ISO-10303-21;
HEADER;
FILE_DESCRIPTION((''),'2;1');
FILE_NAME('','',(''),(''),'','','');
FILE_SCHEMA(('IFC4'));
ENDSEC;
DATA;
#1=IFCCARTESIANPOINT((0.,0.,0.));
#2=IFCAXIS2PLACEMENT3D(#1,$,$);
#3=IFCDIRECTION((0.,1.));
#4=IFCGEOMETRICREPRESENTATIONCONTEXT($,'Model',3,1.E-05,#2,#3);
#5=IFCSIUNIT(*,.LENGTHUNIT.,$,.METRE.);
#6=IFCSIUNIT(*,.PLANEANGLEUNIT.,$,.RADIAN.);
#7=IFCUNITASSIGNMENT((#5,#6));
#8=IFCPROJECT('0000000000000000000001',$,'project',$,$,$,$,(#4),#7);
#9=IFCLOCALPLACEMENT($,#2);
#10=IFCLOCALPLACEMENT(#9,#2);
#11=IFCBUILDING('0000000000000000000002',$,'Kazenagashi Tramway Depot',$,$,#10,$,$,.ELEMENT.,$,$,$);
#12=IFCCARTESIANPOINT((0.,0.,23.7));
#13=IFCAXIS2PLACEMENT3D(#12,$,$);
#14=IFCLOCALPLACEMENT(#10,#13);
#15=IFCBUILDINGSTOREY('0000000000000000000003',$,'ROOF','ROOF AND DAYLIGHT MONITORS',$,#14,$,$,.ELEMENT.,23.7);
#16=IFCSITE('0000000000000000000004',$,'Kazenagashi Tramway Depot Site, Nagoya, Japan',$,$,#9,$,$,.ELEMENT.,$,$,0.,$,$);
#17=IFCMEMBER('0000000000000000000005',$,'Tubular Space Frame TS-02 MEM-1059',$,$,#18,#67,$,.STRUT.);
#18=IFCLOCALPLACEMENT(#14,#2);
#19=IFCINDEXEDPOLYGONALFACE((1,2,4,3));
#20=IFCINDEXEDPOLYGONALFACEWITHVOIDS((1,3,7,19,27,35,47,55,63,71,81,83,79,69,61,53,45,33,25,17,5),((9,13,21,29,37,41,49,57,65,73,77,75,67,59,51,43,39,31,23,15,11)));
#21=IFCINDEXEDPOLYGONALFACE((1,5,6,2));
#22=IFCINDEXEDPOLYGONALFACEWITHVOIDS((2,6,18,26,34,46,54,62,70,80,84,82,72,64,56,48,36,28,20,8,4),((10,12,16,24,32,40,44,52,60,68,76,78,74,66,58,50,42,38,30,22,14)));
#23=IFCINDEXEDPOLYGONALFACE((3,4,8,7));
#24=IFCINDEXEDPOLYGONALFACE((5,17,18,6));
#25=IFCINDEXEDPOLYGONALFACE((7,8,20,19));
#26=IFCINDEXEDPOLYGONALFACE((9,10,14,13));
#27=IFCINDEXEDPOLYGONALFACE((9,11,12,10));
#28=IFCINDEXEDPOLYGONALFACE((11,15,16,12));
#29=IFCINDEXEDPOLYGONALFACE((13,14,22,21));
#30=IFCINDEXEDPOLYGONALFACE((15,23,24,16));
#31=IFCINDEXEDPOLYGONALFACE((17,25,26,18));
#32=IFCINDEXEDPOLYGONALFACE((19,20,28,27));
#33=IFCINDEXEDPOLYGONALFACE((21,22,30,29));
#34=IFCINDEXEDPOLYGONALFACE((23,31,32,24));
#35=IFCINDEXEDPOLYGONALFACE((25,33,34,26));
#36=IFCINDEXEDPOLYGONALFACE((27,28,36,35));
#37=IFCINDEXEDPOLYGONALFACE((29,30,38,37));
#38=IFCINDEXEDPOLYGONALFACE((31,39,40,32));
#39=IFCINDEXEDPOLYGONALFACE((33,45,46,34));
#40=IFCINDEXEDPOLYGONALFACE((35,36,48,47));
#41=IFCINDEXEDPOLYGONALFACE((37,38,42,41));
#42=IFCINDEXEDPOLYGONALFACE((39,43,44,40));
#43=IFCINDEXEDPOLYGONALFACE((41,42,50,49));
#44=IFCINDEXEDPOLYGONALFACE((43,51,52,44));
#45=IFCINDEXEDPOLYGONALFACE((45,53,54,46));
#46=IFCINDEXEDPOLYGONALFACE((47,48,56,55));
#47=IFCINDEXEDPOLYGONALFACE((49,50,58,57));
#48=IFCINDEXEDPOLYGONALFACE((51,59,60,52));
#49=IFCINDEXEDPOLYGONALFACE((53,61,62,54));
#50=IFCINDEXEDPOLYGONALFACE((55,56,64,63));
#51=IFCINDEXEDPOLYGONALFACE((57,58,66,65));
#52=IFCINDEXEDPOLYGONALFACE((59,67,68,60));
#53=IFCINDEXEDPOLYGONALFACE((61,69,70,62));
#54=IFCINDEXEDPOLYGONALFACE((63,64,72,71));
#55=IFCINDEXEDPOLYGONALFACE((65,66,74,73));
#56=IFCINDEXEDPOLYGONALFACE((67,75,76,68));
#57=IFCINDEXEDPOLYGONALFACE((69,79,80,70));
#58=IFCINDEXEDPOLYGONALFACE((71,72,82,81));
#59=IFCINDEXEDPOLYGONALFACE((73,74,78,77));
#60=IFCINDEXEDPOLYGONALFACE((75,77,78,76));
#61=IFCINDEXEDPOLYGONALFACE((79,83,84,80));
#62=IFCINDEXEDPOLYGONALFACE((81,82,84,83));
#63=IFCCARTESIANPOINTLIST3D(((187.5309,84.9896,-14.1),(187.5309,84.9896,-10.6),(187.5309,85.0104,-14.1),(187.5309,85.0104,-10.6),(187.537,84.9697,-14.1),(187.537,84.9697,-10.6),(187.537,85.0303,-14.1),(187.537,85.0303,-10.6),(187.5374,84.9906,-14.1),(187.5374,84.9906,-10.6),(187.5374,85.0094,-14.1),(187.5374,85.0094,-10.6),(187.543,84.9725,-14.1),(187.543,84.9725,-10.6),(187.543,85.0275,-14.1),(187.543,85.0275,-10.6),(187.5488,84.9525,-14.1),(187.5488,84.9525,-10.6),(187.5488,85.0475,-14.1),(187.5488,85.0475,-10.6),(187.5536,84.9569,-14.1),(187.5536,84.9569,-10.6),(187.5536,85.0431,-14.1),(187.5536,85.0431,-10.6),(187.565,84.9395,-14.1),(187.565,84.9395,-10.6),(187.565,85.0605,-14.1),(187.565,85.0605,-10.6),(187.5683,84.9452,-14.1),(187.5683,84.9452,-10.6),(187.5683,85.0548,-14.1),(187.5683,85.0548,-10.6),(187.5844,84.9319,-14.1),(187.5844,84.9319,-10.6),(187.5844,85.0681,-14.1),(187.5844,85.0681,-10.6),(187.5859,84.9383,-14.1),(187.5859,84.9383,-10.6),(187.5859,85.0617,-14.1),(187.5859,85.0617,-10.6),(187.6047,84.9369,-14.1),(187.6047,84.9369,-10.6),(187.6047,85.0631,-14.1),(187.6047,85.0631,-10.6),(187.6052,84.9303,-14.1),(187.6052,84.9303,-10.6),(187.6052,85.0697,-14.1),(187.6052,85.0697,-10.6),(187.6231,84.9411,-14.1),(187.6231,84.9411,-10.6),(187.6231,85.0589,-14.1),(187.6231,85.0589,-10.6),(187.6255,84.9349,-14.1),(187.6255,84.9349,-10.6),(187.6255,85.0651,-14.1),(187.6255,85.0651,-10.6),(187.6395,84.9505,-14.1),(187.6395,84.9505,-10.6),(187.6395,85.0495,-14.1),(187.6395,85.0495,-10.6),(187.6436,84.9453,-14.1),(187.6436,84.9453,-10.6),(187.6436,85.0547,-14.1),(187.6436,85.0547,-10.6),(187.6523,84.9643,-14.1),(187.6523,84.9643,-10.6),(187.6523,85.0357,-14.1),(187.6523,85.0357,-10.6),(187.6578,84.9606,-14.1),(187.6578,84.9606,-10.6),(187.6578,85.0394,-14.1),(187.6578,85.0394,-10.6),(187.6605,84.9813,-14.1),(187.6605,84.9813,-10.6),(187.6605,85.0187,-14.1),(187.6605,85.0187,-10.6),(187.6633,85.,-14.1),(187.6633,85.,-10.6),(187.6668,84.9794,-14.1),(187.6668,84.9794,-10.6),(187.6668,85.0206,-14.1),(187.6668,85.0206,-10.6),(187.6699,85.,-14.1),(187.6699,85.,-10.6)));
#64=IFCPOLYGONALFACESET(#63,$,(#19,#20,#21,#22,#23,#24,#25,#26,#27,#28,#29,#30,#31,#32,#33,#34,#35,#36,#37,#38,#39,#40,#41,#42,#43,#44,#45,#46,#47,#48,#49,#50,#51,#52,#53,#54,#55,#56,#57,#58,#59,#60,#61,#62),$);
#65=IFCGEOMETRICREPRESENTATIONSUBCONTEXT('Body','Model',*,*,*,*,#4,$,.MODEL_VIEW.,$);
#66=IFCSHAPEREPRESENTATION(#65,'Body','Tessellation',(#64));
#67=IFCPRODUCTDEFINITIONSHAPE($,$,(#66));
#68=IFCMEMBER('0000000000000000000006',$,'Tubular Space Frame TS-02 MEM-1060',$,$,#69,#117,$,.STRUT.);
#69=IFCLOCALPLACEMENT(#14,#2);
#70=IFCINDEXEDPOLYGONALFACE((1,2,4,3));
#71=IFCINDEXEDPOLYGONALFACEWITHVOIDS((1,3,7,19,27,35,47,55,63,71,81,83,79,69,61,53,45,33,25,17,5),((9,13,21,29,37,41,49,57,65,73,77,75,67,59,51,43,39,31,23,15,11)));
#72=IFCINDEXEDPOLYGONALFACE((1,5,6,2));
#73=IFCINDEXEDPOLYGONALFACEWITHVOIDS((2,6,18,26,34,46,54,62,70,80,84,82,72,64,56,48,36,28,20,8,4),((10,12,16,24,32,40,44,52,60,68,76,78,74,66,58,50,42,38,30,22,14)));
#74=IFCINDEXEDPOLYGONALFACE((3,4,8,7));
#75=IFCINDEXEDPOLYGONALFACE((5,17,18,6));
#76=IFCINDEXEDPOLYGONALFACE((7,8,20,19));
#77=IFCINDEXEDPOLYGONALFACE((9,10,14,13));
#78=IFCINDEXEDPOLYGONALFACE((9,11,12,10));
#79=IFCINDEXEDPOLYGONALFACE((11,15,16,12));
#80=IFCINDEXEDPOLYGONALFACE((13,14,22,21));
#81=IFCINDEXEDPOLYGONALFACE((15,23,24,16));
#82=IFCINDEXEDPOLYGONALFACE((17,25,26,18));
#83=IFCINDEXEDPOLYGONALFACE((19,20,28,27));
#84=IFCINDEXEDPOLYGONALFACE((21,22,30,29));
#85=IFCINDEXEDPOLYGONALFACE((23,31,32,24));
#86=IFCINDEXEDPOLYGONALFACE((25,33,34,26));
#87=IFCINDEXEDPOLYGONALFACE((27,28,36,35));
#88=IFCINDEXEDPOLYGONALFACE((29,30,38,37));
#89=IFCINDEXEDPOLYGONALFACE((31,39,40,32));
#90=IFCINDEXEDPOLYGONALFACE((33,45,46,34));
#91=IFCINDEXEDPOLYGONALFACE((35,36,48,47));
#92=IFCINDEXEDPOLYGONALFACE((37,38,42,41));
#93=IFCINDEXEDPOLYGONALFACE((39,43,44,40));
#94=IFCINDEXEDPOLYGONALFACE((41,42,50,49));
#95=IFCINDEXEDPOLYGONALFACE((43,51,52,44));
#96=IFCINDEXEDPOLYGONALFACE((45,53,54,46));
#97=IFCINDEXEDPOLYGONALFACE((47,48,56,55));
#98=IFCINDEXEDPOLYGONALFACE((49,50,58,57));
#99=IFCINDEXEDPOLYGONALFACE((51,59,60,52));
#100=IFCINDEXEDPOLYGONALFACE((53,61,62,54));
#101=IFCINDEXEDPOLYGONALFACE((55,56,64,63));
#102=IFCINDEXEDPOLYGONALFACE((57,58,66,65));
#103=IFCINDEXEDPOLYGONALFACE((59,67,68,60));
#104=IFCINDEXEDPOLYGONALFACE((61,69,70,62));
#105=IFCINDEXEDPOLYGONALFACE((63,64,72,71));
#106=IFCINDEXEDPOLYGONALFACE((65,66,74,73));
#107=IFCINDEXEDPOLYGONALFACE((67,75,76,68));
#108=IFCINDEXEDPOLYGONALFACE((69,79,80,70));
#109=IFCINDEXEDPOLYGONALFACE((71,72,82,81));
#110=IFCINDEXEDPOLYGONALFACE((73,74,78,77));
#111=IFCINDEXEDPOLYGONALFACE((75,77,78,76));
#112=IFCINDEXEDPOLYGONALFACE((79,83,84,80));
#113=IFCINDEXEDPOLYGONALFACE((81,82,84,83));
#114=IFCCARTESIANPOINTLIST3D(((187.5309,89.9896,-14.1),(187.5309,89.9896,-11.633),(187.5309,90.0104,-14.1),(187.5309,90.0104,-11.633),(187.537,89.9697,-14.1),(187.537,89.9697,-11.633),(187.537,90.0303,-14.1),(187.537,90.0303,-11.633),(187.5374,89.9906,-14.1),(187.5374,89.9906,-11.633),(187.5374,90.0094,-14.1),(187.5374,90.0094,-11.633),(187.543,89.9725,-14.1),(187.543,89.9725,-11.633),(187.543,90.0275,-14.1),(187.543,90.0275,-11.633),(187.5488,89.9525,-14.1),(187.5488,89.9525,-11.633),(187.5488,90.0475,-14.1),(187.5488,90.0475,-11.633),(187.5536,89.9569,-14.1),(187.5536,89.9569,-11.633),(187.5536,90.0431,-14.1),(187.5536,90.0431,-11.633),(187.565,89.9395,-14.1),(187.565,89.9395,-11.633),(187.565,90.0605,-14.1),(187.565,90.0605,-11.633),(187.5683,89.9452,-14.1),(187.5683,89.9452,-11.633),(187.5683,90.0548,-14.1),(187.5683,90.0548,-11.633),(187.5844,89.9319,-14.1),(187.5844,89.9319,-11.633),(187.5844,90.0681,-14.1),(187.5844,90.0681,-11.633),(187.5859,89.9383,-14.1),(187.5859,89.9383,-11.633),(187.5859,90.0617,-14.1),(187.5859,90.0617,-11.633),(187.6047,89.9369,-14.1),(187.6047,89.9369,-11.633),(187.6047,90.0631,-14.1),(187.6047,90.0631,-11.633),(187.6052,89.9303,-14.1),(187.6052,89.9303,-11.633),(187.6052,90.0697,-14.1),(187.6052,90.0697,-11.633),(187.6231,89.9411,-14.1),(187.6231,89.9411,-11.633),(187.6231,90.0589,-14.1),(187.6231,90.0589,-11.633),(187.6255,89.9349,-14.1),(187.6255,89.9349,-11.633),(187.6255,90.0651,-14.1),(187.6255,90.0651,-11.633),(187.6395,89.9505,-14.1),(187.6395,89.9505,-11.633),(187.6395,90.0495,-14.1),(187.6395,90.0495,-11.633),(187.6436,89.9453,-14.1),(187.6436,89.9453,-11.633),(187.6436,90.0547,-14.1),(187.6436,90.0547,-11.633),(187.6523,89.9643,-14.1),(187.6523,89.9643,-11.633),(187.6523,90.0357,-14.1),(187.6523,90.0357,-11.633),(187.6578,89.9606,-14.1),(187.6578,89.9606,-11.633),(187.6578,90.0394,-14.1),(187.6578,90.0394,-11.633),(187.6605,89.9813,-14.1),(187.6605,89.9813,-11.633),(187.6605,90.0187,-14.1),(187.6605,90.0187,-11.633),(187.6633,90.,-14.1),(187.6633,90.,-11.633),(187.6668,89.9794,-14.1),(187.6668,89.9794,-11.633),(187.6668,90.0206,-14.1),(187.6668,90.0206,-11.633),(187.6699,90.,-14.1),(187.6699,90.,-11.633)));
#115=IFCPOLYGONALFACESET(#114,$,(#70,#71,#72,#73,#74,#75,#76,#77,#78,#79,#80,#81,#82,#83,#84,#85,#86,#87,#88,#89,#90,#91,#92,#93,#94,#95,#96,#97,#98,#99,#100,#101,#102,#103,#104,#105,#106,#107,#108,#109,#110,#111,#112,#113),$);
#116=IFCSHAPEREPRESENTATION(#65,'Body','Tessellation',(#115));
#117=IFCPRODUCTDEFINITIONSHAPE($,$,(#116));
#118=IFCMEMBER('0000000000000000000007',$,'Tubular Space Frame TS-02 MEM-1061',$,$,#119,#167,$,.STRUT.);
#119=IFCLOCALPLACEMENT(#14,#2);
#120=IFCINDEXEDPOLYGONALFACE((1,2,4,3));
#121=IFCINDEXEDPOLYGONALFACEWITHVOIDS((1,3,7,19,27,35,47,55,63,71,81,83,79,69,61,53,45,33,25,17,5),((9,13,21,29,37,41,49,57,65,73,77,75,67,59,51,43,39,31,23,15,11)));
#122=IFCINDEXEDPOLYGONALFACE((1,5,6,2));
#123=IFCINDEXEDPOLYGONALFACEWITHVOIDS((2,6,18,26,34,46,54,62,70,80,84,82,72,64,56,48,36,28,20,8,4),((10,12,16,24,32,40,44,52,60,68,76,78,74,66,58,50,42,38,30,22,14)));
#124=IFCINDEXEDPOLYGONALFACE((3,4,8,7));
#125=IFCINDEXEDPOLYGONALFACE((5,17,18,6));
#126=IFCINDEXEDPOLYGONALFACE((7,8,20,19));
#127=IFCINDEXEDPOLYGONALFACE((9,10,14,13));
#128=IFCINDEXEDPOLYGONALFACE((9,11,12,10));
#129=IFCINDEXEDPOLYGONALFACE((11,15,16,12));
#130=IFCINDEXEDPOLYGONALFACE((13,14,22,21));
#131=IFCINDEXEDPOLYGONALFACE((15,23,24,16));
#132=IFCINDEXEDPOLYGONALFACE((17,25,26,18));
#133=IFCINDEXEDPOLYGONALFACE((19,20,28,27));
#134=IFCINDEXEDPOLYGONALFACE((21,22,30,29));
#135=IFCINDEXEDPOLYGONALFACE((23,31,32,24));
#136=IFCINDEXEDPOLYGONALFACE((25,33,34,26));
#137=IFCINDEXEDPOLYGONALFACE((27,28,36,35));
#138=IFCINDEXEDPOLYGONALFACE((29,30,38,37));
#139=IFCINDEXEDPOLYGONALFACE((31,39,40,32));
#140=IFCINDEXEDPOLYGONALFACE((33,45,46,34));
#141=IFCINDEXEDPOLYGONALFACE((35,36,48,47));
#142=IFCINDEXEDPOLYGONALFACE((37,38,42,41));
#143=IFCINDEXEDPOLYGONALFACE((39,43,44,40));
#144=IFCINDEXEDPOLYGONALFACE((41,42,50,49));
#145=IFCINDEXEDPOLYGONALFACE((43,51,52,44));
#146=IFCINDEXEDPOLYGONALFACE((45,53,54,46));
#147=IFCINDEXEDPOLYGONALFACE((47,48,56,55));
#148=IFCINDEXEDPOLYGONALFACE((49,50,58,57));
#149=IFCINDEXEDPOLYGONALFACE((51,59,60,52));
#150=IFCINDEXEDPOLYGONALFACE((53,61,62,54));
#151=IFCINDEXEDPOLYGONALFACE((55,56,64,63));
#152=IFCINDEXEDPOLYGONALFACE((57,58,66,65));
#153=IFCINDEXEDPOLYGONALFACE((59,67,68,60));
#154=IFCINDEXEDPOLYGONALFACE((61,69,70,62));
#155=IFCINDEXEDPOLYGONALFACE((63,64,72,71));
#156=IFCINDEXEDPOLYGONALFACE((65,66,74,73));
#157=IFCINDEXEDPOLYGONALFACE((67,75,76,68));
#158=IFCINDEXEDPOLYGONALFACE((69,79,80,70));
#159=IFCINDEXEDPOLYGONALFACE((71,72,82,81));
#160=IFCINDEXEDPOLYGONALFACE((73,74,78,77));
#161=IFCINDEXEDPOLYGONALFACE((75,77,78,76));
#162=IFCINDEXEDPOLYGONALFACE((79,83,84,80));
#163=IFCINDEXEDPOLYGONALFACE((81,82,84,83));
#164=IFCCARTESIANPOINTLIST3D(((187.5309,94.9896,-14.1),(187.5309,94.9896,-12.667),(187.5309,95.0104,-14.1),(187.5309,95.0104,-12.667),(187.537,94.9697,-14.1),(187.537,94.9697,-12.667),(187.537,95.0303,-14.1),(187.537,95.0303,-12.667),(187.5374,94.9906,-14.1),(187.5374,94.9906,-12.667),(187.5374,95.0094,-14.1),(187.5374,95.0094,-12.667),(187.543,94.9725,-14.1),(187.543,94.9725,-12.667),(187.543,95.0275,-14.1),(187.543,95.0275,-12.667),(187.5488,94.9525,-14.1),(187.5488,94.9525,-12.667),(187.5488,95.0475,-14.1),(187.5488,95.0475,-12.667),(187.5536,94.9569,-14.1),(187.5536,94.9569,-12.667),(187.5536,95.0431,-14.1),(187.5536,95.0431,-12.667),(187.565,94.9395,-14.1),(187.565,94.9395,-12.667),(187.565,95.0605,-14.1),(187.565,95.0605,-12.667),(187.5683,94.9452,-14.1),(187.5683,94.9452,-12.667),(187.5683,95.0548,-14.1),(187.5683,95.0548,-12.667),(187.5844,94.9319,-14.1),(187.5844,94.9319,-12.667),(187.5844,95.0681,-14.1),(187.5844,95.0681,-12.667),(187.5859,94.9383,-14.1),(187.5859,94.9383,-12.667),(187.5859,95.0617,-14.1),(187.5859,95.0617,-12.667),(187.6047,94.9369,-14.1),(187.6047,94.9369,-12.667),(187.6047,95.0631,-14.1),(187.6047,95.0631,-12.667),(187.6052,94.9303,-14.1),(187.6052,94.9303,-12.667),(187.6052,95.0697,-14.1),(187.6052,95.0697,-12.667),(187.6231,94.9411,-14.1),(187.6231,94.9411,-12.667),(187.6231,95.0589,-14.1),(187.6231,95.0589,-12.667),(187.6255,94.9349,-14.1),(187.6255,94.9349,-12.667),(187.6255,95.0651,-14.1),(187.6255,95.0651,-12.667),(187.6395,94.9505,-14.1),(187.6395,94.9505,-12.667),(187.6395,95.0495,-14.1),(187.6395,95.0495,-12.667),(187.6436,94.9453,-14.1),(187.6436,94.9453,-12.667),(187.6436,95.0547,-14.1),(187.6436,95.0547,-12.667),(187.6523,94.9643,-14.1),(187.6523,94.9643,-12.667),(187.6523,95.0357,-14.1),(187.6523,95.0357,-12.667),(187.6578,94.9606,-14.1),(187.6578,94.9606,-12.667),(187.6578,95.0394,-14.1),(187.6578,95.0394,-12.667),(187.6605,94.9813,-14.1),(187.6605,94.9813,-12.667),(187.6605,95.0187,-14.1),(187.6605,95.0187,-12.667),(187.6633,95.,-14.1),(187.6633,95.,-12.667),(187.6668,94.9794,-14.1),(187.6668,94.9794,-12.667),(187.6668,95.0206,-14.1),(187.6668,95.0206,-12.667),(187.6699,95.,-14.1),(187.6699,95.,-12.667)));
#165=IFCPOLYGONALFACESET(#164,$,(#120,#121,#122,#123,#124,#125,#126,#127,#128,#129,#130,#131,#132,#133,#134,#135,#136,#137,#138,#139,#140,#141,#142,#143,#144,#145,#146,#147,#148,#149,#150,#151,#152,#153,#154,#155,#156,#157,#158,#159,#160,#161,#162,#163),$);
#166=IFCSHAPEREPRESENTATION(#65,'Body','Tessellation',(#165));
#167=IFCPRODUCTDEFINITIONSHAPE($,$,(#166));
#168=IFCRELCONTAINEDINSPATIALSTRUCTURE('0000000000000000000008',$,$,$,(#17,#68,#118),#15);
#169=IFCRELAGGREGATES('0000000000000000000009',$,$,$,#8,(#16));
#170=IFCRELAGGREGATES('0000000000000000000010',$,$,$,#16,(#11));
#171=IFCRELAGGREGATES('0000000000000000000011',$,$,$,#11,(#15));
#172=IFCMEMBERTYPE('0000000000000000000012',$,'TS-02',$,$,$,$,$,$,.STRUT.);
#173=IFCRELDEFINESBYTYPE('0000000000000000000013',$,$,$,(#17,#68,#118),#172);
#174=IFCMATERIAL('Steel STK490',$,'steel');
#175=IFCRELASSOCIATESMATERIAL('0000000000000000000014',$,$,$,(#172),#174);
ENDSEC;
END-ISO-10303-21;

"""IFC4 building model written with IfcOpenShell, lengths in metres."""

from ifc_helpers import new_model, si_unit, direction, frame, origin, origin_2d, place, context, subcontext, project, spatial, hollow_circle, extrude, material, material_profile, profile_set, type_object, element, save


model = new_model("IFC4")

# Units and contexts
model_context = context("Model", 3, precision=1e-05, world=origin(), true_north=direction((0.0, 1.0)))
body_context = subcontext(model_context, "Body", "Model", "MODEL_VIEW")
ifc_project = project(units=[si_unit("LENGTHUNIT", "METRE"), si_unit("PLANEANGLEUNIT", "RADIAN")], contexts=[model_context])

# Site, building, storey
site_placement = place(None, origin())
site = spatial("IfcSite", under=ifc_project, at=site_placement, Name="Kazenagashi Tramway Depot Site, Nagoya, Japan", CompositionType="ELEMENT", RefElevation=0.0)
building_placement = place(site_placement, origin())
building = spatial("IfcBuilding", under=site, at=building_placement, Name="Kazenagashi Tramway Depot", CompositionType="ELEMENT")
storey_placement = place(building_placement, frame((0.0, 0.0, 23.7)))
storey = spatial("IfcBuildingStorey", under=building, at=storey_placement, Name="ROOF", Description="ROOF AND DAYLIGHT MONITORS", CompositionType="ELEMENT", Elevation=23.7)

# Members
ifc_material_1 = material(Name="Steel STK490", Category="steel")
ifc_material_profile_1 = material_profile(ifc_material_1, hollow_circle(Radius=0.0699, WallThickness=0.0066, at=origin_2d()), Name="CHS-139.8x6.6")
ifc_profile_set_1 = profile_set([ifc_material_profile_1], Name="Steel STK490")
member_type_1 = type_object("IfcMemberType", Name="TS-02", PredefinedType="STRUT", material=ifc_profile_set_1)
member_1_placement = place(storey_placement, frame((187.6, 85.0, -14.1), z_axis=(0.0, 0.0, 1.0), x_axis=(1.0, 0.0, 0.0)))
element("IfcMember", 1, at=member_1_placement, inside=storey, type_object=member_type_1, Name="Tubular Space Frame TS-02 MEM-1059", PredefinedType="STRUT", context=body_context, shape_type="SweptSolid", body=[
    extrude(hollow_circle(Radius=0.0699, WallThickness=0.0066, at=origin_2d()), origin(), (0.0, 0.0, 1.0), 3.5),
])
member_2_placement = place(storey_placement, frame((187.6, 90.0, -14.1), z_axis=(0.0, 0.0, 1.0), x_axis=(1.0, 0.0, 0.0)))
element("IfcMember", 2, at=member_2_placement, inside=storey, type_object=member_type_1, Name="Tubular Space Frame TS-02 MEM-1060", PredefinedType="STRUT", context=body_context, shape_type="SweptSolid", body=[
    extrude(hollow_circle(Radius=0.0699, WallThickness=0.0066, at=origin_2d()), origin(), (0.0, 0.0, 1.0), 2.467),
])
member_3_placement = place(storey_placement, frame((187.6, 95.0, -14.1), z_axis=(0.0, 0.0, 1.0), x_axis=(1.0, 0.0, 0.0)))
element("IfcMember", 3, at=member_3_placement, inside=storey, type_object=member_type_1, Name="Tubular Space Frame TS-02 MEM-1061", PredefinedType="STRUT", context=body_context, shape_type="SweptSolid", body=[
    extrude(hollow_circle(Radius=0.0699, WallThickness=0.0066, at=origin_2d()), origin(), (0.0, 0.0, 1.0), 1.433),
])

save(model, "model.ifc")
